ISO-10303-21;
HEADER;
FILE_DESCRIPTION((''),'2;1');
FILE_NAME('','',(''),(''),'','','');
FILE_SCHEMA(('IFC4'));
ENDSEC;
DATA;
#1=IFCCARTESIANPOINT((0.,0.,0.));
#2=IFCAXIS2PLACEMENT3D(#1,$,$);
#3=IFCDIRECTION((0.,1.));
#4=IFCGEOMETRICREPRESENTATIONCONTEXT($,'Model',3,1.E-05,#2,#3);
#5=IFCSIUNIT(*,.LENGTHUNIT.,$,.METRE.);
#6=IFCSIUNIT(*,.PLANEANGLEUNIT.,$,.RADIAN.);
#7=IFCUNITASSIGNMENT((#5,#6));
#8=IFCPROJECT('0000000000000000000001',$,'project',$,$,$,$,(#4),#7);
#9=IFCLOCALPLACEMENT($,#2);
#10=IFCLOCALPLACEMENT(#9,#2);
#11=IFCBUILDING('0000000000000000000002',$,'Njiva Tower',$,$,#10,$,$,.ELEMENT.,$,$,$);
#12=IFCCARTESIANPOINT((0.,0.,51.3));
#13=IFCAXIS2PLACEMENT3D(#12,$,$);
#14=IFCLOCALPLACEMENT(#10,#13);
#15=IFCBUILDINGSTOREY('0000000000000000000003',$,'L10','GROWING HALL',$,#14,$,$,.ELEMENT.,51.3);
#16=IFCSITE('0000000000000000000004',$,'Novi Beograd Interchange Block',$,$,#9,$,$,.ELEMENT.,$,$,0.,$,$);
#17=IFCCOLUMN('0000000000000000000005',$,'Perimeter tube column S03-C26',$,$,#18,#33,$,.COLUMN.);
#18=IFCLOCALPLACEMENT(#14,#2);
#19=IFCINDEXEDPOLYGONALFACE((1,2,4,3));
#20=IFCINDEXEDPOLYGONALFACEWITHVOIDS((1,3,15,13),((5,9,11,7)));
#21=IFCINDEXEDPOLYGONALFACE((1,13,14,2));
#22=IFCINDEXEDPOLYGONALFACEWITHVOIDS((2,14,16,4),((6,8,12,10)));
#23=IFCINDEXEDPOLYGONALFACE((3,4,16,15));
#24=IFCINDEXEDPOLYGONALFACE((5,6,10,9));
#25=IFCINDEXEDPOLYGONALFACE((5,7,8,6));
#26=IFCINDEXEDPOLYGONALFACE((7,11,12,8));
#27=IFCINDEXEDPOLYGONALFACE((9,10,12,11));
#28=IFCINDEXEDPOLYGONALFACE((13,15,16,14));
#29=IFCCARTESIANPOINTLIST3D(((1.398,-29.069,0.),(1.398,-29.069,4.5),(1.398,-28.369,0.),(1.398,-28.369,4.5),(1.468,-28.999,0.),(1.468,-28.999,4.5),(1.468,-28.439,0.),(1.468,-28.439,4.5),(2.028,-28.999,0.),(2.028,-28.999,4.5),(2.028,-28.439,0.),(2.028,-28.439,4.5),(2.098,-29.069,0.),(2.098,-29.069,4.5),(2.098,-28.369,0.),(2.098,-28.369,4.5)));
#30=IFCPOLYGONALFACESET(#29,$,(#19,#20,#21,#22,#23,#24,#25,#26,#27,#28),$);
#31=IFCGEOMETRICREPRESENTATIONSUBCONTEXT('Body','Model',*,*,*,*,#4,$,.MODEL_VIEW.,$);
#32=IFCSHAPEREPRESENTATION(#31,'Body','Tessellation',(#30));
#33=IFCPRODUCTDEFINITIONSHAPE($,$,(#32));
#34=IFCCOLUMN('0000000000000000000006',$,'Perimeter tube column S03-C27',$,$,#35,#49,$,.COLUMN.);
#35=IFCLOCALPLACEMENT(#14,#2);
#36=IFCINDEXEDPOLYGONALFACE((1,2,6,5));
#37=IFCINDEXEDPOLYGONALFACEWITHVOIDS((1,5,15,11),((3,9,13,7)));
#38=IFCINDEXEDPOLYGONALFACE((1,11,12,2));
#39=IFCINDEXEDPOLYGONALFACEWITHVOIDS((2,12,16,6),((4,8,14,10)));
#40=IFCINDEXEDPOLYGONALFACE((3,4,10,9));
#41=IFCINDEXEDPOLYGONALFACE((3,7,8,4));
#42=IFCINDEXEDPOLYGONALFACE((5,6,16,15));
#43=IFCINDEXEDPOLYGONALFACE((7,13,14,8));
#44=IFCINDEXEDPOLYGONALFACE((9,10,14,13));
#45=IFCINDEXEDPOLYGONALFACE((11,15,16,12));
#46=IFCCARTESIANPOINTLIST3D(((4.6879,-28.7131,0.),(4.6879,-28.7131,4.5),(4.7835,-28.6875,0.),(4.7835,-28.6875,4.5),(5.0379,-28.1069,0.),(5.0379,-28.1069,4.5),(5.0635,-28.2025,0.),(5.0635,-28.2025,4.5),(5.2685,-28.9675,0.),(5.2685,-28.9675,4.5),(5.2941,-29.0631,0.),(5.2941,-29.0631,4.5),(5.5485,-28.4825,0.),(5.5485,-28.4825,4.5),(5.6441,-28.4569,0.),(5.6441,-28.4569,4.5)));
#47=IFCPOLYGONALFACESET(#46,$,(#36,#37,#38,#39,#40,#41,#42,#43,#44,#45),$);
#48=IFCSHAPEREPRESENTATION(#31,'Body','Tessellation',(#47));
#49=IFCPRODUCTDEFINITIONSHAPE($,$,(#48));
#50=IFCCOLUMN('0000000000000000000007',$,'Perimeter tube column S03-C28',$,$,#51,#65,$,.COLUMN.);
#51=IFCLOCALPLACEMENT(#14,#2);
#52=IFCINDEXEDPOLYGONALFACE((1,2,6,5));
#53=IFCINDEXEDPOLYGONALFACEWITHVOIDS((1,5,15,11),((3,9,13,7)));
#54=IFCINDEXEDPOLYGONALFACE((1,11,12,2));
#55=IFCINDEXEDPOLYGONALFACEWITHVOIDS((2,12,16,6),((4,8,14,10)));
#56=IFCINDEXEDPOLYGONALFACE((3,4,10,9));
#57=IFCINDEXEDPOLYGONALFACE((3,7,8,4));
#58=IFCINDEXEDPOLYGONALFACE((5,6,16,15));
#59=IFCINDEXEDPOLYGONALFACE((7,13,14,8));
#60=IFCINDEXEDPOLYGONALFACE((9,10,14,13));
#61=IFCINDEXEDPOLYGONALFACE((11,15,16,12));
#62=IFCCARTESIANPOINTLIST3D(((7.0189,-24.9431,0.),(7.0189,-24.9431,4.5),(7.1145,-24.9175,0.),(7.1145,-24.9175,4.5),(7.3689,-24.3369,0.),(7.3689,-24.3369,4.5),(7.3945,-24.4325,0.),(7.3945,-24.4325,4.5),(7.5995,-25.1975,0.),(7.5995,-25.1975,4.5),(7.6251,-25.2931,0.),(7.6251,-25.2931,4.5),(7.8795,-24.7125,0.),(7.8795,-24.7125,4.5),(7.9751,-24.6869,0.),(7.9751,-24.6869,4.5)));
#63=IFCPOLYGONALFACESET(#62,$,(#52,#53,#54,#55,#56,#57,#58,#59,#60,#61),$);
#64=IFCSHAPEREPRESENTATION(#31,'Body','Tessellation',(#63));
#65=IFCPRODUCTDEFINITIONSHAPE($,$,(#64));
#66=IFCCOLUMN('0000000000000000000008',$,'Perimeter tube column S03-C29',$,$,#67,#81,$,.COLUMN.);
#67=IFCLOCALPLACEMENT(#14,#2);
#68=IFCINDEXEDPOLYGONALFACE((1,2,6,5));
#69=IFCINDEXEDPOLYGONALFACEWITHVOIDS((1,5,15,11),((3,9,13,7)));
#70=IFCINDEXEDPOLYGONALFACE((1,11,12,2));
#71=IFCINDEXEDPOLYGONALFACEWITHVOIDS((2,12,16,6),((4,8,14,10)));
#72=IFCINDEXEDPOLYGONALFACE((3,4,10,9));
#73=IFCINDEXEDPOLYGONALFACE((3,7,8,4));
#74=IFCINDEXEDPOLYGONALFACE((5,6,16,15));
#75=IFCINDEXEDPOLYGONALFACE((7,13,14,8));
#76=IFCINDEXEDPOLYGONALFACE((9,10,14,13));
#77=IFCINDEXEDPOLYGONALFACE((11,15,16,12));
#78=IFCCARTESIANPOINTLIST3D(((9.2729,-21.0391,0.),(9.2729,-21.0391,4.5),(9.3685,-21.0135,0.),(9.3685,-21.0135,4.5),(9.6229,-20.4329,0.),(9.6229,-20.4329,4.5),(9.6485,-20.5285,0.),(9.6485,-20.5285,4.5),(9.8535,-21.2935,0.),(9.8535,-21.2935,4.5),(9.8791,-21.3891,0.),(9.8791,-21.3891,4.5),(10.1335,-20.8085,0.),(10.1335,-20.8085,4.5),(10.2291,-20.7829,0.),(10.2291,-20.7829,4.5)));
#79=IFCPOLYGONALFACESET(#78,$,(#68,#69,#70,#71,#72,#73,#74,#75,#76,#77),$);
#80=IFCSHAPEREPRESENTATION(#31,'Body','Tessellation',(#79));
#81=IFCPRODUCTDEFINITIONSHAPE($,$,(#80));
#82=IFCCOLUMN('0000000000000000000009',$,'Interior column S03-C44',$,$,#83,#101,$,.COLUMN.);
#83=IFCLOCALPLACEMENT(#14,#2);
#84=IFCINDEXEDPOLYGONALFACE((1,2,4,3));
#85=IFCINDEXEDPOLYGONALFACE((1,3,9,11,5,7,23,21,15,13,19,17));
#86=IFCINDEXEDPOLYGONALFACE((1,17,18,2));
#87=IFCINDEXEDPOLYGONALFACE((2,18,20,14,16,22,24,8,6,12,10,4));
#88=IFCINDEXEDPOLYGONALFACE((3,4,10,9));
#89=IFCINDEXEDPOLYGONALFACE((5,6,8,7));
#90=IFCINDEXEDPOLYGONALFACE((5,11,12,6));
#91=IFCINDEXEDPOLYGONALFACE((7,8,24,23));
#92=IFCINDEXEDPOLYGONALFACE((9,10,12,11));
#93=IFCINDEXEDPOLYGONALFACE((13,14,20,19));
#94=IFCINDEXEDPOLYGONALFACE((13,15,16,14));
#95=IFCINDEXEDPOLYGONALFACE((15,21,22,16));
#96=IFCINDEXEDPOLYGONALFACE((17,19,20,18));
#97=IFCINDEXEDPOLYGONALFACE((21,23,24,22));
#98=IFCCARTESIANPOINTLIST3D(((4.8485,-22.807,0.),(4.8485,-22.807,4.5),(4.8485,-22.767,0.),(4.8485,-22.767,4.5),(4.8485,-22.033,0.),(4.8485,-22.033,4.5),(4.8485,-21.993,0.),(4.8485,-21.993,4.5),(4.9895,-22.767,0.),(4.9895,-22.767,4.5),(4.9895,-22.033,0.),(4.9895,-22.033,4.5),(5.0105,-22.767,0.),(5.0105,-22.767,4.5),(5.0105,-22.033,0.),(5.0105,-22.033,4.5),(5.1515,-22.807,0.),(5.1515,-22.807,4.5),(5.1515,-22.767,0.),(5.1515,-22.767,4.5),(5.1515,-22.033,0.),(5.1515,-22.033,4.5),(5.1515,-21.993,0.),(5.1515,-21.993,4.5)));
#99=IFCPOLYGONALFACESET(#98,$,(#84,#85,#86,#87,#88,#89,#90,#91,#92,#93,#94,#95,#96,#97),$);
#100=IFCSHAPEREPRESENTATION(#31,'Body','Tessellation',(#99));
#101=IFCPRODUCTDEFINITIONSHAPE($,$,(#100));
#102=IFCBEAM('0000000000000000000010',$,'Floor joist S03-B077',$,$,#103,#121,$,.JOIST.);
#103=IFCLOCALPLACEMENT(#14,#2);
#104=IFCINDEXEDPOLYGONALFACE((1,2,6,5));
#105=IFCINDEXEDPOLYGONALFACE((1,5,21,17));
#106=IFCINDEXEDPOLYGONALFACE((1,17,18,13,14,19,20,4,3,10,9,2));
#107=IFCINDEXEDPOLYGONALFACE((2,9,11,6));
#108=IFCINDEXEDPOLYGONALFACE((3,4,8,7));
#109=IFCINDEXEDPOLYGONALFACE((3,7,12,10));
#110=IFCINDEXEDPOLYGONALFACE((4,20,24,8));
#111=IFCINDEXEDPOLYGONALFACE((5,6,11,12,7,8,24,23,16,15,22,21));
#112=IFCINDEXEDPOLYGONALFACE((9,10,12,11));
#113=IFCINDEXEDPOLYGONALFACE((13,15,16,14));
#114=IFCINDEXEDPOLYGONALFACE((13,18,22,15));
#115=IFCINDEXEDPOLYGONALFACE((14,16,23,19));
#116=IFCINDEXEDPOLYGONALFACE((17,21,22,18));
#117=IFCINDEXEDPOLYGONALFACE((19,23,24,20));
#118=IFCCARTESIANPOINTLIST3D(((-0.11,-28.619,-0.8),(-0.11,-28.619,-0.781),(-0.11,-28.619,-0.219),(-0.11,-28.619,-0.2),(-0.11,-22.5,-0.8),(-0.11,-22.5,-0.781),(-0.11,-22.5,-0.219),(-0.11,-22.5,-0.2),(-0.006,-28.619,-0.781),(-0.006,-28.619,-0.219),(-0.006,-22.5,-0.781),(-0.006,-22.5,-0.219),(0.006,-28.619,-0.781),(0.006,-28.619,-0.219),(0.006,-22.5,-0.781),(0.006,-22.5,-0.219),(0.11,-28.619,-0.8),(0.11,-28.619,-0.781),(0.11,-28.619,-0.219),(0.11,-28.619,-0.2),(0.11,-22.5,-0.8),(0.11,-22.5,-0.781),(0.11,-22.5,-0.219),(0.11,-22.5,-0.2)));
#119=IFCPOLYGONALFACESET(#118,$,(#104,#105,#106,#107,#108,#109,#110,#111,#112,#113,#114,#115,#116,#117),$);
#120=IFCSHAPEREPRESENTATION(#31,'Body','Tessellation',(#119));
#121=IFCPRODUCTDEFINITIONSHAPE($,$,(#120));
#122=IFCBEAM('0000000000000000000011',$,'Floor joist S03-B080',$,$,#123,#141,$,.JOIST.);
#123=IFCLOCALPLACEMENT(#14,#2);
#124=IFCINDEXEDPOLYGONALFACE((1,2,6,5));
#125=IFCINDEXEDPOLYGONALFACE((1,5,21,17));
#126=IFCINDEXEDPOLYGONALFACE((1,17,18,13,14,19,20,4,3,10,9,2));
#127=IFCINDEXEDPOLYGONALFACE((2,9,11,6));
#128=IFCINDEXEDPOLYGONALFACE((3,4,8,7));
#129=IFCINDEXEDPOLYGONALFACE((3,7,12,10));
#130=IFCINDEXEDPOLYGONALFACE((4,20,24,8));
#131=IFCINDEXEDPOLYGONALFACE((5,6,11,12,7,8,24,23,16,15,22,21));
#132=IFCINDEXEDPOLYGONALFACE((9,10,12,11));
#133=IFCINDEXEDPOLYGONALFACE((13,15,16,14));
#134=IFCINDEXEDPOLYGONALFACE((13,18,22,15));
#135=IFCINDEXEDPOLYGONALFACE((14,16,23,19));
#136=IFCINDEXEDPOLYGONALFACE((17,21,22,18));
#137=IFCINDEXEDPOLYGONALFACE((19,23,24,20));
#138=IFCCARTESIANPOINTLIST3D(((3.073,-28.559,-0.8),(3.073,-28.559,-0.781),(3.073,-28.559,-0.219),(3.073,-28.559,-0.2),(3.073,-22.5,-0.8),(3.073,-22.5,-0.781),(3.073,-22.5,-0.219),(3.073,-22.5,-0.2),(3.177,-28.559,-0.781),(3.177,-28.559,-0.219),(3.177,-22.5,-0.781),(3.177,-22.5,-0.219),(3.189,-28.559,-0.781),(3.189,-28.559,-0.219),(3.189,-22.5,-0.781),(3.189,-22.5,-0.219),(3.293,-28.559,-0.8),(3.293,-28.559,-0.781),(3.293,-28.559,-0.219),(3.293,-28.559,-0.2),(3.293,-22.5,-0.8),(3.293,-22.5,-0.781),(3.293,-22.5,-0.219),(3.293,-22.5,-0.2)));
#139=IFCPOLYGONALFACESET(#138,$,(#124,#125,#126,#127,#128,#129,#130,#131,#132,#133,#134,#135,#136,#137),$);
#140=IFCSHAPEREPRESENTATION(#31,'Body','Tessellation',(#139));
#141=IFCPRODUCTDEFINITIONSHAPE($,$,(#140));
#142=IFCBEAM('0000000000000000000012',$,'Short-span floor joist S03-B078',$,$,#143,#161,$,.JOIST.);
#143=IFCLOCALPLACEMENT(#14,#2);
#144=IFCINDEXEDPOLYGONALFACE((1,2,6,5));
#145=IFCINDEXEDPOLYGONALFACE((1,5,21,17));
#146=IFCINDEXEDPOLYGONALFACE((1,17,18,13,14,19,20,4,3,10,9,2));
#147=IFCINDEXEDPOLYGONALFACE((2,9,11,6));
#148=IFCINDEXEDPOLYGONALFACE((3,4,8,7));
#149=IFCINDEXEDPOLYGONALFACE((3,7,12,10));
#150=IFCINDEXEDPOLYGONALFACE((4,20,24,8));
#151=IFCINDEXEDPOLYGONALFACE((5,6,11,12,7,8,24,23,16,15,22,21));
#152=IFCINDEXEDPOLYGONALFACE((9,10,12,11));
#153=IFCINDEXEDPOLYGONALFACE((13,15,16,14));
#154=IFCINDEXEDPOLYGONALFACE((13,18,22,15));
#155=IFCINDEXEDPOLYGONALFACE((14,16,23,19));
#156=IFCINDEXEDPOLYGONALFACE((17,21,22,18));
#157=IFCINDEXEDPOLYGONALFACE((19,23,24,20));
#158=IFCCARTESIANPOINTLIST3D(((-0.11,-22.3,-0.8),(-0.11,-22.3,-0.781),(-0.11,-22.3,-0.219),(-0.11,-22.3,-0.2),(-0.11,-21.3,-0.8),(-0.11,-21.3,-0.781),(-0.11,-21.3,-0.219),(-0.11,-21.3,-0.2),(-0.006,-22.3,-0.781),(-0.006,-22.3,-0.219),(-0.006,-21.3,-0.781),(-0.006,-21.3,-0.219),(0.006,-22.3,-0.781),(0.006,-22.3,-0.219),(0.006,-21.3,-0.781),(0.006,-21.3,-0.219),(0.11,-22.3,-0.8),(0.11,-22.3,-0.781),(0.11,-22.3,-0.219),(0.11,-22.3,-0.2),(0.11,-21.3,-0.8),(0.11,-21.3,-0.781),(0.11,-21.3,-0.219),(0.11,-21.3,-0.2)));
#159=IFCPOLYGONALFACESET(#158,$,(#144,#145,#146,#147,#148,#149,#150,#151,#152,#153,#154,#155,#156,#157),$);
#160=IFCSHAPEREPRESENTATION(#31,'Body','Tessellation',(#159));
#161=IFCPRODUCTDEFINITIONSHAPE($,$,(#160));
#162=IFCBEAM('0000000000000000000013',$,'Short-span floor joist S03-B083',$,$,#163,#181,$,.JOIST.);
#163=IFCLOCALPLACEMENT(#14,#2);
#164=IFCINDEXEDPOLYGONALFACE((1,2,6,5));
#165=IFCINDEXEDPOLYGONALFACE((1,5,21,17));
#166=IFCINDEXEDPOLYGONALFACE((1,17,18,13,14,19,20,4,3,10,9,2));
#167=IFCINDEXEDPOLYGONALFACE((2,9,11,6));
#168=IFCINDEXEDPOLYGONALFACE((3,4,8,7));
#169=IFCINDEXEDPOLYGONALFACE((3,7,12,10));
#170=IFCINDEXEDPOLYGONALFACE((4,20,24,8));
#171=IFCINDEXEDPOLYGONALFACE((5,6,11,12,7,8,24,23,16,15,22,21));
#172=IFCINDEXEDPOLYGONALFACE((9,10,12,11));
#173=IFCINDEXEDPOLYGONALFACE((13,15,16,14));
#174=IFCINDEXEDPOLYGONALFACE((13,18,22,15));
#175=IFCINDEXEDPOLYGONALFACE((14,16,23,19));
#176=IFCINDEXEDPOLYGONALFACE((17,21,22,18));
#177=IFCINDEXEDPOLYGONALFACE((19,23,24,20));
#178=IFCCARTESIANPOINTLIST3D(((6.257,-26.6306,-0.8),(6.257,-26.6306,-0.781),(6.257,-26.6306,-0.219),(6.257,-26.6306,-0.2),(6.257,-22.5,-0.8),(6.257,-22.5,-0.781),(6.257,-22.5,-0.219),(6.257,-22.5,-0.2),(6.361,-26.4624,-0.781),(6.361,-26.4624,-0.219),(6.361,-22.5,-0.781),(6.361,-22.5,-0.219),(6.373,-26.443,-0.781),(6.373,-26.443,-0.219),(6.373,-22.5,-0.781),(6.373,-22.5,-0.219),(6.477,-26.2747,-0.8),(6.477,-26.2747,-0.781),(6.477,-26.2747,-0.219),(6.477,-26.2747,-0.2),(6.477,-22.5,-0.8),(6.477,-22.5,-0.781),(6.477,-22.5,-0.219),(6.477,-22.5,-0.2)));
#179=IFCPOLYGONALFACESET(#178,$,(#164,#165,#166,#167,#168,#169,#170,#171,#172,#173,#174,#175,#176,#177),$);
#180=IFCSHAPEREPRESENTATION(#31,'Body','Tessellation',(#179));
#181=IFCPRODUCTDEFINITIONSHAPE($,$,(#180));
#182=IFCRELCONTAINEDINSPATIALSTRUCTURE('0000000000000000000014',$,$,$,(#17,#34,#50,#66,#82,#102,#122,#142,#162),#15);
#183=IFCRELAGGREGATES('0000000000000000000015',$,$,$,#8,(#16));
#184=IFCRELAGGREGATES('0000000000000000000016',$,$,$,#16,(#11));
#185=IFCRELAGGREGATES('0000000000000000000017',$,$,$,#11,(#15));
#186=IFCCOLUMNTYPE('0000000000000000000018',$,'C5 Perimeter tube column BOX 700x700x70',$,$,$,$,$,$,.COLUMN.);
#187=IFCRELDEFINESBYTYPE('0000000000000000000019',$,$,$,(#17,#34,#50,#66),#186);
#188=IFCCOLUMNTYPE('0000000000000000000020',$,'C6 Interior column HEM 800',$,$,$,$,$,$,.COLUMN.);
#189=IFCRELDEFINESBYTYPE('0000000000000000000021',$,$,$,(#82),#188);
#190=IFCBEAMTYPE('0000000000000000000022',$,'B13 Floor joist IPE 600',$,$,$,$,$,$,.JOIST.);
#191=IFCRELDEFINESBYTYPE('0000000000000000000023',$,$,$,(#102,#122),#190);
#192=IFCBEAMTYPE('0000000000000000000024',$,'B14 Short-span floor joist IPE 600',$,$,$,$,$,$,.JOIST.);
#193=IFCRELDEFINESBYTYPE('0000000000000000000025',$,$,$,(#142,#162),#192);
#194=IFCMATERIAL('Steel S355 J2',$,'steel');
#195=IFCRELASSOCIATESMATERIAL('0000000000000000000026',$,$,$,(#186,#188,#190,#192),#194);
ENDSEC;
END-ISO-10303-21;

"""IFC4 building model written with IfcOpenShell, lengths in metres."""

from ifc_helpers import new_model, si_unit, direction, frame, origin, origin_2d, place, context, subcontext, project, spatial, hollow_rectangle, i_section, extrude, clip, halfspace, material, material_profile, profile_set, type_object, element, save


model = new_model("IFC4")

# Units and contexts
model_context = context("Model", 3, precision=1e-05, world=origin(), true_north=direction((0.0, 1.0)))
body_context = subcontext(model_context, "Body", "Model", "MODEL_VIEW")
ifc_project = project(units=[si_unit("LENGTHUNIT", "METRE"), si_unit("PLANEANGLEUNIT", "RADIAN")], contexts=[model_context])

# Site, building, storey
site_placement = place(None, origin())
site = spatial("IfcSite", under=ifc_project, at=site_placement, Name="Novi Beograd Interchange Block", CompositionType="ELEMENT", RefElevation=0.0)
building_placement = place(site_placement, origin())
building = spatial("IfcBuilding", under=site, at=building_placement, Name="Njiva Tower", CompositionType="ELEMENT")
storey_placement = place(building_placement, frame((0.0, 0.0, 51.3)))
storey = spatial("IfcBuildingStorey", under=building, at=storey_placement, Name="L10", Description="GROWING HALL", CompositionType="ELEMENT", Elevation=51.3)

# Columns
ifc_material_1 = material(Name="Steel S355 J2", Category="steel")
ifc_material_profile_1 = material_profile(ifc_material_1, hollow_rectangle(XDim=0.7, YDim=0.7, WallThickness=0.07, at=origin_2d()), Name="BOX 700x700x70")
ifc_profile_set_1 = profile_set([ifc_material_profile_1], Name="Steel S355 J2")
column_type_1 = type_object("IfcColumnType", Name="C5 Perimeter tube column BOX 700x700x70", PredefinedType="COLUMN", material=ifc_profile_set_1)
for number, where, z_axis, x_axis, name in (
    (1, (1.748, -28.719, 0.0), (0.0, 0.0, 1.0), (1.0, 0.0, 0.0), "Perimeter tube column S03-C26"),
    (2, (5.166, -28.585, 0.0), (0.0, 0.0, 1.0), (0.5, 0.866025, 0.0), "Perimeter tube column S03-C27"),
    (3, (7.497, -24.815, 0.0), (0.0, 0.0, 1.0), (0.5, 0.866025, 0.0), "Perimeter tube column S03-C28"),
    (4, (9.751, -20.911, 0.0), (0.0, 0.0, 1.0), (0.5, 0.866025, 0.0), "Perimeter tube column S03-C29"),
):
    element("IfcColumn", number, at=place(storey_placement, frame(where, z_axis=z_axis, x_axis=x_axis)), inside=storey, type_object=column_type_1, Name=name, PredefinedType="COLUMN", context=body_context, shape_type="SweptSolid", body=[
        extrude(hollow_rectangle(XDim=0.7, YDim=0.7, WallThickness=0.07, at=origin_2d()), origin(), (0.0, 0.0, 1.0), 4.5),
    ])
ifc_material_profile_2 = material_profile(ifc_material_1, i_section(OverallWidth=0.303, OverallDepth=0.814, WebThickness=0.021, FlangeThickness=0.04, at=origin_2d()), Name="HEM 800")
ifc_profile_set_2 = profile_set([ifc_material_profile_2], Name="Steel S355 J2")
column_type_2 = type_object("IfcColumnType", Name="C6 Interior column HEM 800", PredefinedType="COLUMN", material=ifc_profile_set_2)
column_placement = place(storey_placement, frame((5.0, -22.4, 0.0), z_axis=(0.0, 0.0, 1.0), x_axis=(1.0, 0.0, 0.0)))
element("IfcColumn", 5, at=column_placement, inside=storey, type_object=column_type_2, Name="Interior column S03-C44", PredefinedType="COLUMN", context=body_context, shape_type="SweptSolid", body=[
    extrude(i_section(OverallWidth=0.303, OverallDepth=0.814, WebThickness=0.021, FlangeThickness=0.04, at=origin_2d()), origin(), (0.0, 0.0, 1.0), 4.5),
])

# Beams
ifc_material_profile_3 = material_profile(ifc_material_1, i_section(OverallWidth=0.22, OverallDepth=0.6, WebThickness=0.012, FlangeThickness=0.019, at=origin_2d()), Name="IPE 600")
ifc_profile_set_3 = profile_set([ifc_material_profile_3], Name="Steel S355 J2")
beam_type_1 = type_object("IfcBeamType", Name="B13 Floor joist IPE 600", PredefinedType="JOIST", material=ifc_profile_set_3)
beam_1_placement = place(storey_placement, frame((0.0, -22.5, -0.5), z_axis=(0.0, -1.0, 0.0), x_axis=(1.0, 0.0, 0.0)))
element("IfcBeam", 6, at=beam_1_placement, inside=storey, type_object=beam_type_1, Name="Floor joist S03-B077", PredefinedType="JOIST", context=body_context, shape_type="SweptSolid", body=[
    extrude(i_section(OverallWidth=0.22, OverallDepth=0.6, WebThickness=0.012, FlangeThickness=0.019, at=origin_2d()), origin(), (0.0, 0.0, 1.0), 6.119),
])
beam_2_placement = place(storey_placement, frame((3.183, -22.5, -0.5), z_axis=(0.0, -1.0, 0.0), x_axis=(1.0, 0.0, 0.0)))
element("IfcBeam", 7, at=beam_2_placement, inside=storey, type_object=beam_type_1, Name="Floor joist S03-B080", PredefinedType="JOIST", context=body_context, shape_type="SweptSolid", body=[
    extrude(i_section(OverallWidth=0.22, OverallDepth=0.6, WebThickness=0.012, FlangeThickness=0.019, at=origin_2d()), origin(), (0.0, 0.0, 1.0), 6.059),
])
ifc_material_profile_4 = material_profile(ifc_material_1, i_section(OverallWidth=0.22, OverallDepth=0.6, WebThickness=0.012, FlangeThickness=0.019, at=origin_2d()), Name="IPE 600")
ifc_profile_set_4 = profile_set([ifc_material_profile_4], Name="Steel S355 J2")
beam_type_2 = type_object("IfcBeamType", Name="B14 Short-span floor joist IPE 600", PredefinedType="JOIST", material=ifc_profile_set_4)
beam_3_placement = place(storey_placement, frame((0.0, -21.3, -0.5), z_axis=(0.0, -1.0, 0.0), x_axis=(1.0, 0.0, 0.0)))
element("IfcBeam", 8, at=beam_3_placement, inside=storey, type_object=beam_type_2, Name="Short-span floor joist S03-B078", PredefinedType="JOIST", context=body_context, shape_type="SweptSolid", body=[
    extrude(i_section(OverallWidth=0.22, OverallDepth=0.6, WebThickness=0.012, FlangeThickness=0.019, at=origin_2d()), origin(), (0.0, 0.0, 1.0), 1.0),
])
beam_4_placement = place(storey_placement, frame((6.367, -22.5, -0.5), z_axis=(0.0, -1.0, 0.0), x_axis=(1.0, 0.0, 0.0)))
element("IfcBeam", 9, at=beam_4_placement, inside=storey, type_object=beam_type_2, Name="Short-span floor joist S03-B083", PredefinedType="JOIST", context=body_context, shape_type="Clipping", body=[
    clip(extrude(i_section(OverallWidth=0.22, OverallDepth=0.6, WebThickness=0.012, FlangeThickness=0.019, at=origin_2d()), origin(), (0.0, 0.0, 1.0), 4.151), halfspace(frame((0.0422, 0.0, 3.8844), z_axis=(0.85062, 0.0, 0.52578), x_axis=(0.0, 1.0, 0.0)), False)),
])

save(model, "model.ifc")
